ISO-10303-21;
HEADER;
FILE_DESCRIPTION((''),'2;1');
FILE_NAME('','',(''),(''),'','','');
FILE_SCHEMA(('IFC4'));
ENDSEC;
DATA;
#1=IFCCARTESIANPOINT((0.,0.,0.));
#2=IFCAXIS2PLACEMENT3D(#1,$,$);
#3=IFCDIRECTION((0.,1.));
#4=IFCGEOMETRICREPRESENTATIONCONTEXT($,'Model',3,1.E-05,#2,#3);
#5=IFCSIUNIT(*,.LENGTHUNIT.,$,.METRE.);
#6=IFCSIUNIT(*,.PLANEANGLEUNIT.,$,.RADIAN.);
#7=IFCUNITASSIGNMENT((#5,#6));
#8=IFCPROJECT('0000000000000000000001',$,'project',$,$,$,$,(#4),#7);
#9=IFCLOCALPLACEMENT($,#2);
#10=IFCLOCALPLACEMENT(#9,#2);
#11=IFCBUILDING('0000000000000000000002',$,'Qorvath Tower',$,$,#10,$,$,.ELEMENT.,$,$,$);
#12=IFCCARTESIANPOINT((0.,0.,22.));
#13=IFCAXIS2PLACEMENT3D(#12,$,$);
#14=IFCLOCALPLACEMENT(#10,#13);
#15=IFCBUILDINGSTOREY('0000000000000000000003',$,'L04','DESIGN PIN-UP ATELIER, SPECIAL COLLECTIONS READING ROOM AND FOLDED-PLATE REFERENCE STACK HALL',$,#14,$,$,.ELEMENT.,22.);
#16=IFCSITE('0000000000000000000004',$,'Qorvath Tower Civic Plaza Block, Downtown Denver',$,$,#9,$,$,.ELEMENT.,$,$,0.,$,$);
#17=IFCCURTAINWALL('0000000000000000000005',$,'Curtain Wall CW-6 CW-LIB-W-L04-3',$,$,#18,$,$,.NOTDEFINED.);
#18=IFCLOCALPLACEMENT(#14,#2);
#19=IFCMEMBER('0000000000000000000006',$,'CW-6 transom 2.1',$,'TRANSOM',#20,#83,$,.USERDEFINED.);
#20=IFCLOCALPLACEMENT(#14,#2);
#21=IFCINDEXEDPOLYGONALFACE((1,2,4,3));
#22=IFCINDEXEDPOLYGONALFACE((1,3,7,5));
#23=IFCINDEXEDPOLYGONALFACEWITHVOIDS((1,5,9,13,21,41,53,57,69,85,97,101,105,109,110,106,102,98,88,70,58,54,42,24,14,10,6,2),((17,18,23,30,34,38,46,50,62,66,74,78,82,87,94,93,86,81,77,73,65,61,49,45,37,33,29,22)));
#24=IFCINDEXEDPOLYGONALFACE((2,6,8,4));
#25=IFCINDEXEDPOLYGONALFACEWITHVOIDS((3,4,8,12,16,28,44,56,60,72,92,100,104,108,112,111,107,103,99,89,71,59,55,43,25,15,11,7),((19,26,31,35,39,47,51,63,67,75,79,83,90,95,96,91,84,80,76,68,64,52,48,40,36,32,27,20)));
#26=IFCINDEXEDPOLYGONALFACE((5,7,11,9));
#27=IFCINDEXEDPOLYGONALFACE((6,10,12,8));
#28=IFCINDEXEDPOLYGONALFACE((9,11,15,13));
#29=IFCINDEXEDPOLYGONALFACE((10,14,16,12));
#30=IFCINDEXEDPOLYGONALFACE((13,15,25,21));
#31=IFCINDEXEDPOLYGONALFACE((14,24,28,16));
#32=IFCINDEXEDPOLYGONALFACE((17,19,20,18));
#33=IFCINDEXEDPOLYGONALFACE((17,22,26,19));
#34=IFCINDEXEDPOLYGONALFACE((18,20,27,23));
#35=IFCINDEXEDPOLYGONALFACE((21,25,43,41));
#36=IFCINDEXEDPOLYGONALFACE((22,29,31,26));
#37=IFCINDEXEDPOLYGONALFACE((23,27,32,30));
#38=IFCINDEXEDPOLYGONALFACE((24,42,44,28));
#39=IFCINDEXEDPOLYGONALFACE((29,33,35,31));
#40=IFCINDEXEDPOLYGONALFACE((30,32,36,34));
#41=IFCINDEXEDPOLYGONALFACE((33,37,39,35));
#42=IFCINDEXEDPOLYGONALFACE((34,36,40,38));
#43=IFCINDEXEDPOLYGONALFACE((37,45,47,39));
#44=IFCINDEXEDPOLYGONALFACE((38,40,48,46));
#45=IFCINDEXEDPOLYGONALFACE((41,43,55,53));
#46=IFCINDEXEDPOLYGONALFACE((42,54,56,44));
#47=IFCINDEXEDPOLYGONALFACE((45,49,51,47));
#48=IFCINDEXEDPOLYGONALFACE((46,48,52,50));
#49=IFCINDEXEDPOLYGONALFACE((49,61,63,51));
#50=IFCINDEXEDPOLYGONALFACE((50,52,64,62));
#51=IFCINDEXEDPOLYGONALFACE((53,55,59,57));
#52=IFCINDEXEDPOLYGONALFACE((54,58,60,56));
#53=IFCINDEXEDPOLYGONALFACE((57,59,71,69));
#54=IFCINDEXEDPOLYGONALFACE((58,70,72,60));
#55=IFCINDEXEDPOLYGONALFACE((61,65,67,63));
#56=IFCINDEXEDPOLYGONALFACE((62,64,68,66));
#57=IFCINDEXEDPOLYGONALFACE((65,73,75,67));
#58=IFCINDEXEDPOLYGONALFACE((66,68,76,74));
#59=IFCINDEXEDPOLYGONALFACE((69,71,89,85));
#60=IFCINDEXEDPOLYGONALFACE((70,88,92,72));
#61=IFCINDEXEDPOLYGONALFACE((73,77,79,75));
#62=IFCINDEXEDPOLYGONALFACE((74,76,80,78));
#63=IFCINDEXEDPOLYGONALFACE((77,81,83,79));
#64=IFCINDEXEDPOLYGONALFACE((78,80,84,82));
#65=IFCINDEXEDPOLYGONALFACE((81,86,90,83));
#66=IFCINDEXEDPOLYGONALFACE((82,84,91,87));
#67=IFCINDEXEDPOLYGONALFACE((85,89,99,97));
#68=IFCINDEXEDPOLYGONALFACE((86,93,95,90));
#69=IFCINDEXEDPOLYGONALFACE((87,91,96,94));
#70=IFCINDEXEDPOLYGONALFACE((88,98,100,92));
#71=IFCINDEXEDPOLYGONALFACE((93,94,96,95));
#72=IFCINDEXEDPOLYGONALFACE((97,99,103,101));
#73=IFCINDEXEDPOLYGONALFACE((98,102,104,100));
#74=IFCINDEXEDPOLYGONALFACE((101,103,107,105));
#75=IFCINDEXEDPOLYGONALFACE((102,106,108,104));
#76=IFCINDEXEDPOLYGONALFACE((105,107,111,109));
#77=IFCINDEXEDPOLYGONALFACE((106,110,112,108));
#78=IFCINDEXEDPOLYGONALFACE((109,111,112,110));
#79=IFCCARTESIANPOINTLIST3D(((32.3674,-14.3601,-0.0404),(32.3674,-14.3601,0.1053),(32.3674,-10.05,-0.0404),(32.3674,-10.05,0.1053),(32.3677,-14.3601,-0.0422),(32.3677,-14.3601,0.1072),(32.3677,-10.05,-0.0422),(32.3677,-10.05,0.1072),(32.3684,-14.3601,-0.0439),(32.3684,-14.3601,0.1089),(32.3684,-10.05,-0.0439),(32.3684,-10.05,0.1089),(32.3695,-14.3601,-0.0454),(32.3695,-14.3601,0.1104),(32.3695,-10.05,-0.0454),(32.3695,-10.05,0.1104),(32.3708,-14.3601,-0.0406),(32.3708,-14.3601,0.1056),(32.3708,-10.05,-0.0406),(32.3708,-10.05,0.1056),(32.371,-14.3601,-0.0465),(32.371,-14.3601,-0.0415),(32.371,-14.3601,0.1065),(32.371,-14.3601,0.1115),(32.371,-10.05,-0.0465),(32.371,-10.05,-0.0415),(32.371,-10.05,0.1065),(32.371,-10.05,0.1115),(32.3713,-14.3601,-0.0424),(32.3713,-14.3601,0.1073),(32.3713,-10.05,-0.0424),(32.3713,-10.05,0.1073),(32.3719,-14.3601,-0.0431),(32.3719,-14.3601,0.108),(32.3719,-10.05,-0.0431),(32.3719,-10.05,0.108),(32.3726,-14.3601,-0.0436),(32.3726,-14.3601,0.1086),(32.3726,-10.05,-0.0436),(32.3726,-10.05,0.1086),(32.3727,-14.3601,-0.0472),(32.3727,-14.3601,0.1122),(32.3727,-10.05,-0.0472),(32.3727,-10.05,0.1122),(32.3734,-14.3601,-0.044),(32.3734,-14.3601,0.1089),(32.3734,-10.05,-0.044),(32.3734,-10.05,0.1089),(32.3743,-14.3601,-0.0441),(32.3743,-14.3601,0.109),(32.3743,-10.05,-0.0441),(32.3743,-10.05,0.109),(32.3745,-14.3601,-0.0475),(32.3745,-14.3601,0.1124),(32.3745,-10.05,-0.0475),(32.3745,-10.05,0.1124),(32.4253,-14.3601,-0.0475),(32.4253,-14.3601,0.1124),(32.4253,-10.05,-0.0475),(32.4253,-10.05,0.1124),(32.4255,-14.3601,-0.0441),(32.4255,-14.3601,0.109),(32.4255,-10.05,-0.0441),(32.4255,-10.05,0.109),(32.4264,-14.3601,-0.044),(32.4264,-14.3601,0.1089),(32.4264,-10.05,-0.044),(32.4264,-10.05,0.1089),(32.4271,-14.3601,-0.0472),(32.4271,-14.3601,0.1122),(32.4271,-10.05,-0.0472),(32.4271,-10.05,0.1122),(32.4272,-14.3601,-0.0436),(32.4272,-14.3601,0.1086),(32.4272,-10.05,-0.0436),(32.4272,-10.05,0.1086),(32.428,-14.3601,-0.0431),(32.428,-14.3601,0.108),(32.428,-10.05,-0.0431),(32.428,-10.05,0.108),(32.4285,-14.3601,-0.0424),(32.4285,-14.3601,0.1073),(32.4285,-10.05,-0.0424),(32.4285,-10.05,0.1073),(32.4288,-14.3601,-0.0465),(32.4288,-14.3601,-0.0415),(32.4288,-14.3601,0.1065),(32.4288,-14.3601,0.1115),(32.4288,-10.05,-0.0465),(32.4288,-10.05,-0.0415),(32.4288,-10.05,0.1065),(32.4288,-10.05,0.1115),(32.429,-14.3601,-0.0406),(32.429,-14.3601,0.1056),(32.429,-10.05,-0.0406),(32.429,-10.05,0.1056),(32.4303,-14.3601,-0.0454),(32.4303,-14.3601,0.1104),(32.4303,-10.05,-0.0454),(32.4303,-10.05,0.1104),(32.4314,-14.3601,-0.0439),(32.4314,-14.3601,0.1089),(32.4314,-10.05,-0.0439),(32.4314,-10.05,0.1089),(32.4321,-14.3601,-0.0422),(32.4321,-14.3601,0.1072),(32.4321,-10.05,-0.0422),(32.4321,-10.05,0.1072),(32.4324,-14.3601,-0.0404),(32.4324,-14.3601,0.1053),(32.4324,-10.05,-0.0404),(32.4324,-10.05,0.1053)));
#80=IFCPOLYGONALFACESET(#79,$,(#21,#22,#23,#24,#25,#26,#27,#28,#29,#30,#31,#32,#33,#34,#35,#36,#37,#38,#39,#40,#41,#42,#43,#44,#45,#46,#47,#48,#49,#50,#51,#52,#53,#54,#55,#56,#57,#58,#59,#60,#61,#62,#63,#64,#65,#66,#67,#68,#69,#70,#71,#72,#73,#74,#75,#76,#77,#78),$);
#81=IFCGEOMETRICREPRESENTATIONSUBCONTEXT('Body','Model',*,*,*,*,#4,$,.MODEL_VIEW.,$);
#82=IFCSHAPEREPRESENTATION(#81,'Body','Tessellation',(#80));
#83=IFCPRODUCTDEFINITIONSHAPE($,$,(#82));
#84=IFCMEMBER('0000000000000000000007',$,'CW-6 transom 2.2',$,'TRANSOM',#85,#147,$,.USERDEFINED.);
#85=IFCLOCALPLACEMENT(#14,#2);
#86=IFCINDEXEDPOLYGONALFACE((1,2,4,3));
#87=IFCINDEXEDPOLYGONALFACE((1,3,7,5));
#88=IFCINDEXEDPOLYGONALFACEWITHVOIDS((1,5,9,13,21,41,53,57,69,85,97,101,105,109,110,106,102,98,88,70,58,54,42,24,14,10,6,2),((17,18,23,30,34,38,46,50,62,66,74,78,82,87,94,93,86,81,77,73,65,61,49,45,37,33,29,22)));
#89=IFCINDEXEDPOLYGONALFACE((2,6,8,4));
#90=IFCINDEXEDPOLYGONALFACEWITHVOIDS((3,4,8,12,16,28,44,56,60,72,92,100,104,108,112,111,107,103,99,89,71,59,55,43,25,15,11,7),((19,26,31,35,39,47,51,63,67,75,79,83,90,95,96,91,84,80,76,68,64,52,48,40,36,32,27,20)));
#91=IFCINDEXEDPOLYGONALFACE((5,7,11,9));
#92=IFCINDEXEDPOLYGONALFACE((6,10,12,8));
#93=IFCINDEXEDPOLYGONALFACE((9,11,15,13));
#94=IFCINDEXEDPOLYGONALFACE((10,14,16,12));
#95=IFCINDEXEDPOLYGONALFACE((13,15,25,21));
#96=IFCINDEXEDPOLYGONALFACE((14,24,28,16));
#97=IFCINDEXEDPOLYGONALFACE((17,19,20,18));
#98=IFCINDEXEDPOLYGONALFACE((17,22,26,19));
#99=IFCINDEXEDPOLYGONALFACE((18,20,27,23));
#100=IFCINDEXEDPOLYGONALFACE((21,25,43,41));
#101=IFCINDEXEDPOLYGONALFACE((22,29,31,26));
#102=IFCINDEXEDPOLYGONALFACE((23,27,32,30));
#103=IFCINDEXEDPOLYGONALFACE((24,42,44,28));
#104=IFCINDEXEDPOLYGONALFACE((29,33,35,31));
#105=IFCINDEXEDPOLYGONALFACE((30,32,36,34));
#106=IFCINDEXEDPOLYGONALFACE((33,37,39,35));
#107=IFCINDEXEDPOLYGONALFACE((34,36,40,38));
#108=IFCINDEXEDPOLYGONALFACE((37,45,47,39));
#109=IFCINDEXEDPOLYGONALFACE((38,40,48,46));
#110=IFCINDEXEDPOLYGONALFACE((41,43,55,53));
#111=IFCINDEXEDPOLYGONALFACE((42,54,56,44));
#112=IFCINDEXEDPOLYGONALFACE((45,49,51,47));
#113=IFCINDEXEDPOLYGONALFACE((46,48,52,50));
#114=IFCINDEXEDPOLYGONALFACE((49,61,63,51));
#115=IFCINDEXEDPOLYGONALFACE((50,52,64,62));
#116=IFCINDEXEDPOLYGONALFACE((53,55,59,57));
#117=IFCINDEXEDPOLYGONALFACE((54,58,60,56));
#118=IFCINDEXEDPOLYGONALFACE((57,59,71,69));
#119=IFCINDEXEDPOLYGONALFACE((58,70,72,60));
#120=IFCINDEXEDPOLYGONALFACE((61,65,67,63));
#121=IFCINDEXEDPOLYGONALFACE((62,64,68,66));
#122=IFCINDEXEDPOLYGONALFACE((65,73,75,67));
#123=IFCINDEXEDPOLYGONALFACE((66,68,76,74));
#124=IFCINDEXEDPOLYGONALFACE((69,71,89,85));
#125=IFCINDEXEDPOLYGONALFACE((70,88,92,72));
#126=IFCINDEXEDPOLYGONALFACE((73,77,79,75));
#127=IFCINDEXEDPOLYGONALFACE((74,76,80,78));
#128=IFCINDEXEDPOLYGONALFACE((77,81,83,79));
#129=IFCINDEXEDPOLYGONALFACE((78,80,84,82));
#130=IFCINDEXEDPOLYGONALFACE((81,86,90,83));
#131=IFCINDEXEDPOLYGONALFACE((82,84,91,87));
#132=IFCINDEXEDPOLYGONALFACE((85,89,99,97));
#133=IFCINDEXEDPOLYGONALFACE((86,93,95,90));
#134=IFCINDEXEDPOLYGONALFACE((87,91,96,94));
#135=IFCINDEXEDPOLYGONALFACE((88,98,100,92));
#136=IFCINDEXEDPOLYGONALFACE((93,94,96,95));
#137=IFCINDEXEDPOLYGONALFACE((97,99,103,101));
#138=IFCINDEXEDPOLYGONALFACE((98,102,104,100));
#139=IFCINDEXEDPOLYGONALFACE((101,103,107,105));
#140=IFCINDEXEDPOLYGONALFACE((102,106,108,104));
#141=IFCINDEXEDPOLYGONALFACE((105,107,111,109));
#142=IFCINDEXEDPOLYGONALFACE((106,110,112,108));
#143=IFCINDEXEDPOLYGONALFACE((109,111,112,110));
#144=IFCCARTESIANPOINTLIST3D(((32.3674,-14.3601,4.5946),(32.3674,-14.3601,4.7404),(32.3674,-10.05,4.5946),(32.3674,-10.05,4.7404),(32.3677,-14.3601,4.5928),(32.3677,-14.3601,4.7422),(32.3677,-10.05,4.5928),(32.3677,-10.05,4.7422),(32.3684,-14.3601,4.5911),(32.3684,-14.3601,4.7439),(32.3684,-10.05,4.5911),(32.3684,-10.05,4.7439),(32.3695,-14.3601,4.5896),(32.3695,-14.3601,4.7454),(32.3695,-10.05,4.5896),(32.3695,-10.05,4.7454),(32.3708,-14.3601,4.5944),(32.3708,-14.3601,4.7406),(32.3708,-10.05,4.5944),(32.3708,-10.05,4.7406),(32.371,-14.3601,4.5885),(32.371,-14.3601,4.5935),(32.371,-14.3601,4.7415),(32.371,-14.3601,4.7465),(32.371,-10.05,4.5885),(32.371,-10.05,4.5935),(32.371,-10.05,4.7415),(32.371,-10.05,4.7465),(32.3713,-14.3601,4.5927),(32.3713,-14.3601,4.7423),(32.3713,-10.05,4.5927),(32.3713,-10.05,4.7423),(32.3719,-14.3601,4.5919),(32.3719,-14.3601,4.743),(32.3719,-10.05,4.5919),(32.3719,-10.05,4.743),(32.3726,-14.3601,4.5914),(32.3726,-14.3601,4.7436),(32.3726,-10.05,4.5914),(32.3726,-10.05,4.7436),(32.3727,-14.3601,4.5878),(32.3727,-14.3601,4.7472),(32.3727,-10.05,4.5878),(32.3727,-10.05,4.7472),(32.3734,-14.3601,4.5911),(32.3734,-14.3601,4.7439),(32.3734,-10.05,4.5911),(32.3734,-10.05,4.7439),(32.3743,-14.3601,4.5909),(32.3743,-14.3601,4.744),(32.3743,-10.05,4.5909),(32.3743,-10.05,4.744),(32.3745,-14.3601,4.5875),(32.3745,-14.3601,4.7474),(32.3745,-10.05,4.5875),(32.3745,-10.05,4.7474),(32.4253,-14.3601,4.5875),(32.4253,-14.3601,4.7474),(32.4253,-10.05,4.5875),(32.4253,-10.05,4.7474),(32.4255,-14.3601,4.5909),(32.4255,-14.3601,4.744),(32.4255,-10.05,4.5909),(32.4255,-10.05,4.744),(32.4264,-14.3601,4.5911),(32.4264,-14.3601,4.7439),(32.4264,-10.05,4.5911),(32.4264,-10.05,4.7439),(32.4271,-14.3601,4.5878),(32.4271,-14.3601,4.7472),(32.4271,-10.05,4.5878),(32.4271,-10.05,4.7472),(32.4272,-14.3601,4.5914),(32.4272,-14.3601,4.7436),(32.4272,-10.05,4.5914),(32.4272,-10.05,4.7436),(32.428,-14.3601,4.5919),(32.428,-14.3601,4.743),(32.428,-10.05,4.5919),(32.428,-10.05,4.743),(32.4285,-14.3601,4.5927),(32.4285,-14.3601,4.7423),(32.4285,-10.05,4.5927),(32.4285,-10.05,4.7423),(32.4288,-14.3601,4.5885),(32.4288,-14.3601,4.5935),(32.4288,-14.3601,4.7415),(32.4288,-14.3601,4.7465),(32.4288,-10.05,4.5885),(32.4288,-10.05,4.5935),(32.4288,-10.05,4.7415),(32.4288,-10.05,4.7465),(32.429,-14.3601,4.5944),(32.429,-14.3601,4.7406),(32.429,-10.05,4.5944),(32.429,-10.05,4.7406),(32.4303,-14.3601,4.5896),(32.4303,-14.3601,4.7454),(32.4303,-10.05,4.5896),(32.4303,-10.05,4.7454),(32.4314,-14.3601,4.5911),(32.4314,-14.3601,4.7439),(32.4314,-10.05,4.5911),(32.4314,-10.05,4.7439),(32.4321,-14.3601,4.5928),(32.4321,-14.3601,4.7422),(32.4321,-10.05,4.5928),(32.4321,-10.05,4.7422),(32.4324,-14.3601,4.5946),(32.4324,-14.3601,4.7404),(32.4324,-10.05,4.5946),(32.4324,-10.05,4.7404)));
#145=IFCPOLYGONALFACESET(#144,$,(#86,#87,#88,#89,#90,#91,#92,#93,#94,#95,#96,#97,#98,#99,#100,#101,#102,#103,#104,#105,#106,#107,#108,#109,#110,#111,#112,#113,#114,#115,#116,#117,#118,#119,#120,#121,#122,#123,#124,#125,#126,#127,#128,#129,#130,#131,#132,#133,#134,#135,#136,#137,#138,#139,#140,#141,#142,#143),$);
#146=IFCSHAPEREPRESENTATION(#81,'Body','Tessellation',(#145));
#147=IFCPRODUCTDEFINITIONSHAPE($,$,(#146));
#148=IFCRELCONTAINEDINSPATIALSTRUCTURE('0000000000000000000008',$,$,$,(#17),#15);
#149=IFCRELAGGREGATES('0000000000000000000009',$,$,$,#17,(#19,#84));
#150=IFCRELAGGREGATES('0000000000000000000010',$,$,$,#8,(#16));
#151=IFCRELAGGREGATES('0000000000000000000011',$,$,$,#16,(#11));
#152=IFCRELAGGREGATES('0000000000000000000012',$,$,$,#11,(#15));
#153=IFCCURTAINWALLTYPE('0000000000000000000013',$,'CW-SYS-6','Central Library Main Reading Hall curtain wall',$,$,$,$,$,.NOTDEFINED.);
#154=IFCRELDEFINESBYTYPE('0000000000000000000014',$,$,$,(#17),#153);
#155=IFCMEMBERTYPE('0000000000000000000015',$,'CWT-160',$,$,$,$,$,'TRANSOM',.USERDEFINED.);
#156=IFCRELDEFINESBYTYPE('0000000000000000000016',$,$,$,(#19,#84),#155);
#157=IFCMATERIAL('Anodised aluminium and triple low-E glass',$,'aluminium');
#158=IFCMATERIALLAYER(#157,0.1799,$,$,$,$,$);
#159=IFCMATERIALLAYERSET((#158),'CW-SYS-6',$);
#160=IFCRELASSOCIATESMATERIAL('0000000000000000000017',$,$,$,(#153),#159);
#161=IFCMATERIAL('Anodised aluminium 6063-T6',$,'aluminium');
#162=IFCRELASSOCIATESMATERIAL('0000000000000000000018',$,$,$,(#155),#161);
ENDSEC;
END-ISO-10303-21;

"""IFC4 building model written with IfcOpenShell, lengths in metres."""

from ifc_helpers import new_model, si_unit, direction, frame, origin, origin_2d, place, context, subcontext, project, spatial, hollow_rectangle, extrude, material, layer, layer_set, material_profile, profile_set, type_object, element, aggregate, save


model = new_model("IFC4")

# Units and contexts
model_context = context("Model", 3, precision=1e-05, world=origin(), true_north=direction((0.0, 1.0)))
body_context = subcontext(model_context, "Body", "Model", "MODEL_VIEW")
ifc_project = project(units=[si_unit("LENGTHUNIT", "METRE"), si_unit("PLANEANGLEUNIT", "RADIAN")], contexts=[model_context])

# Site, building, storey
site_placement = place(None, origin())
site = spatial("IfcSite", under=ifc_project, at=site_placement, Name="Qorvath Tower Civic Plaza Block, Downtown Denver", CompositionType="ELEMENT", RefElevation=0.0)
building_placement = place(site_placement, origin())
building = spatial("IfcBuilding", under=site, at=building_placement, Name="Qorvath Tower", CompositionType="ELEMENT")
storey_placement = place(building_placement, frame((0.0, 0.0, 22.0)))
storey = spatial("IfcBuildingStorey", under=building, at=storey_placement, Name="L04", Description="DESIGN PIN-UP ATELIER, SPECIAL COLLECTIONS READING ROOM AND FOLDED-PLATE REFERENCE STACK HALL", CompositionType="ELEMENT", Elevation=22.0)

# Curtain wall
ifc_material_1 = material(Name="Anodised aluminium and triple low-E glass", Category="aluminium")
ifc_layer_1 = layer(ifc_material_1, 0.1799)
ifc_layer_set_1 = layer_set([ifc_layer_1], Name="CW-SYS-6")
curtain_wall_type = type_object("IfcCurtainWallType", Name="CW-SYS-6", Description="Central Library Main Reading Hall curtain wall", PredefinedType="NOTDEFINED", material=ifc_layer_set_1)
curtain_wall_1_placement = place(storey_placement, origin())
curtain_wall_1 = element("IfcCurtainWall", 1, at=curtain_wall_1_placement, inside=storey, type_object=curtain_wall_type, Name="Curtain Wall CW-6 CW-LIB-W-L04-3", PredefinedType="NOTDEFINED")

# Members
ifc_material_2 = material(Name="Anodised aluminium 6063-T6", Category="aluminium")
ifc_material_profile_1 = material_profile(ifc_material_2, hollow_rectangle(XDim=0.0649, YDim=0.1599, WallThickness=0.0034, InnerFilletRadius=0.0034, OuterFilletRadius=0.0071, at=origin_2d()), Name="CWT 160x65")
ifc_profile_set_1 = profile_set([ifc_material_profile_1], Name="Anodised aluminium 6063-T6")
member_type_1 = type_object("IfcMemberType", Name="CWT-160", ElementType="TRANSOM", PredefinedType="USERDEFINED", material=ifc_profile_set_1)
member_1_placement = place(storey_placement, frame((32.3999, -14.3601, 0.0325), z_axis=(0.0, 1.0, 0.0), x_axis=(-1.0, 0.0, 0.0)))
member_1 = element("IfcMember", 2, at=member_1_placement, type_object=member_type_1, Name="CW-6 transom 2.1", ObjectType="TRANSOM", PredefinedType="USERDEFINED", context=body_context, shape_type="SweptSolid", body=[
    extrude(hollow_rectangle(XDim=0.0649, YDim=0.1599, WallThickness=0.0034, InnerFilletRadius=0.0034, OuterFilletRadius=0.0071, at=origin_2d()), origin(), (0.0, 0.0, 1.0), 4.3101),
])
member_2_placement = place(storey_placement, frame((32.3999, -14.3601, 4.6675), z_axis=(0.0, 1.0, 0.0), x_axis=(-1.0, 0.0, 0.0)))
member_2 = element("IfcMember", 3, at=member_2_placement, type_object=member_type_1, Name="CW-6 transom 2.2", ObjectType="TRANSOM", PredefinedType="USERDEFINED", context=body_context, shape_type="SweptSolid", body=[
    extrude(hollow_rectangle(XDim=0.0649, YDim=0.1599, WallThickness=0.0034, InnerFilletRadius=0.0034, OuterFilletRadius=0.0071, at=origin_2d()), origin(), (0.0, 0.0, 1.0), 4.3101),
])

aggregate(curtain_wall_1, [member_1, member_2])

save(model, "model.ifc")
